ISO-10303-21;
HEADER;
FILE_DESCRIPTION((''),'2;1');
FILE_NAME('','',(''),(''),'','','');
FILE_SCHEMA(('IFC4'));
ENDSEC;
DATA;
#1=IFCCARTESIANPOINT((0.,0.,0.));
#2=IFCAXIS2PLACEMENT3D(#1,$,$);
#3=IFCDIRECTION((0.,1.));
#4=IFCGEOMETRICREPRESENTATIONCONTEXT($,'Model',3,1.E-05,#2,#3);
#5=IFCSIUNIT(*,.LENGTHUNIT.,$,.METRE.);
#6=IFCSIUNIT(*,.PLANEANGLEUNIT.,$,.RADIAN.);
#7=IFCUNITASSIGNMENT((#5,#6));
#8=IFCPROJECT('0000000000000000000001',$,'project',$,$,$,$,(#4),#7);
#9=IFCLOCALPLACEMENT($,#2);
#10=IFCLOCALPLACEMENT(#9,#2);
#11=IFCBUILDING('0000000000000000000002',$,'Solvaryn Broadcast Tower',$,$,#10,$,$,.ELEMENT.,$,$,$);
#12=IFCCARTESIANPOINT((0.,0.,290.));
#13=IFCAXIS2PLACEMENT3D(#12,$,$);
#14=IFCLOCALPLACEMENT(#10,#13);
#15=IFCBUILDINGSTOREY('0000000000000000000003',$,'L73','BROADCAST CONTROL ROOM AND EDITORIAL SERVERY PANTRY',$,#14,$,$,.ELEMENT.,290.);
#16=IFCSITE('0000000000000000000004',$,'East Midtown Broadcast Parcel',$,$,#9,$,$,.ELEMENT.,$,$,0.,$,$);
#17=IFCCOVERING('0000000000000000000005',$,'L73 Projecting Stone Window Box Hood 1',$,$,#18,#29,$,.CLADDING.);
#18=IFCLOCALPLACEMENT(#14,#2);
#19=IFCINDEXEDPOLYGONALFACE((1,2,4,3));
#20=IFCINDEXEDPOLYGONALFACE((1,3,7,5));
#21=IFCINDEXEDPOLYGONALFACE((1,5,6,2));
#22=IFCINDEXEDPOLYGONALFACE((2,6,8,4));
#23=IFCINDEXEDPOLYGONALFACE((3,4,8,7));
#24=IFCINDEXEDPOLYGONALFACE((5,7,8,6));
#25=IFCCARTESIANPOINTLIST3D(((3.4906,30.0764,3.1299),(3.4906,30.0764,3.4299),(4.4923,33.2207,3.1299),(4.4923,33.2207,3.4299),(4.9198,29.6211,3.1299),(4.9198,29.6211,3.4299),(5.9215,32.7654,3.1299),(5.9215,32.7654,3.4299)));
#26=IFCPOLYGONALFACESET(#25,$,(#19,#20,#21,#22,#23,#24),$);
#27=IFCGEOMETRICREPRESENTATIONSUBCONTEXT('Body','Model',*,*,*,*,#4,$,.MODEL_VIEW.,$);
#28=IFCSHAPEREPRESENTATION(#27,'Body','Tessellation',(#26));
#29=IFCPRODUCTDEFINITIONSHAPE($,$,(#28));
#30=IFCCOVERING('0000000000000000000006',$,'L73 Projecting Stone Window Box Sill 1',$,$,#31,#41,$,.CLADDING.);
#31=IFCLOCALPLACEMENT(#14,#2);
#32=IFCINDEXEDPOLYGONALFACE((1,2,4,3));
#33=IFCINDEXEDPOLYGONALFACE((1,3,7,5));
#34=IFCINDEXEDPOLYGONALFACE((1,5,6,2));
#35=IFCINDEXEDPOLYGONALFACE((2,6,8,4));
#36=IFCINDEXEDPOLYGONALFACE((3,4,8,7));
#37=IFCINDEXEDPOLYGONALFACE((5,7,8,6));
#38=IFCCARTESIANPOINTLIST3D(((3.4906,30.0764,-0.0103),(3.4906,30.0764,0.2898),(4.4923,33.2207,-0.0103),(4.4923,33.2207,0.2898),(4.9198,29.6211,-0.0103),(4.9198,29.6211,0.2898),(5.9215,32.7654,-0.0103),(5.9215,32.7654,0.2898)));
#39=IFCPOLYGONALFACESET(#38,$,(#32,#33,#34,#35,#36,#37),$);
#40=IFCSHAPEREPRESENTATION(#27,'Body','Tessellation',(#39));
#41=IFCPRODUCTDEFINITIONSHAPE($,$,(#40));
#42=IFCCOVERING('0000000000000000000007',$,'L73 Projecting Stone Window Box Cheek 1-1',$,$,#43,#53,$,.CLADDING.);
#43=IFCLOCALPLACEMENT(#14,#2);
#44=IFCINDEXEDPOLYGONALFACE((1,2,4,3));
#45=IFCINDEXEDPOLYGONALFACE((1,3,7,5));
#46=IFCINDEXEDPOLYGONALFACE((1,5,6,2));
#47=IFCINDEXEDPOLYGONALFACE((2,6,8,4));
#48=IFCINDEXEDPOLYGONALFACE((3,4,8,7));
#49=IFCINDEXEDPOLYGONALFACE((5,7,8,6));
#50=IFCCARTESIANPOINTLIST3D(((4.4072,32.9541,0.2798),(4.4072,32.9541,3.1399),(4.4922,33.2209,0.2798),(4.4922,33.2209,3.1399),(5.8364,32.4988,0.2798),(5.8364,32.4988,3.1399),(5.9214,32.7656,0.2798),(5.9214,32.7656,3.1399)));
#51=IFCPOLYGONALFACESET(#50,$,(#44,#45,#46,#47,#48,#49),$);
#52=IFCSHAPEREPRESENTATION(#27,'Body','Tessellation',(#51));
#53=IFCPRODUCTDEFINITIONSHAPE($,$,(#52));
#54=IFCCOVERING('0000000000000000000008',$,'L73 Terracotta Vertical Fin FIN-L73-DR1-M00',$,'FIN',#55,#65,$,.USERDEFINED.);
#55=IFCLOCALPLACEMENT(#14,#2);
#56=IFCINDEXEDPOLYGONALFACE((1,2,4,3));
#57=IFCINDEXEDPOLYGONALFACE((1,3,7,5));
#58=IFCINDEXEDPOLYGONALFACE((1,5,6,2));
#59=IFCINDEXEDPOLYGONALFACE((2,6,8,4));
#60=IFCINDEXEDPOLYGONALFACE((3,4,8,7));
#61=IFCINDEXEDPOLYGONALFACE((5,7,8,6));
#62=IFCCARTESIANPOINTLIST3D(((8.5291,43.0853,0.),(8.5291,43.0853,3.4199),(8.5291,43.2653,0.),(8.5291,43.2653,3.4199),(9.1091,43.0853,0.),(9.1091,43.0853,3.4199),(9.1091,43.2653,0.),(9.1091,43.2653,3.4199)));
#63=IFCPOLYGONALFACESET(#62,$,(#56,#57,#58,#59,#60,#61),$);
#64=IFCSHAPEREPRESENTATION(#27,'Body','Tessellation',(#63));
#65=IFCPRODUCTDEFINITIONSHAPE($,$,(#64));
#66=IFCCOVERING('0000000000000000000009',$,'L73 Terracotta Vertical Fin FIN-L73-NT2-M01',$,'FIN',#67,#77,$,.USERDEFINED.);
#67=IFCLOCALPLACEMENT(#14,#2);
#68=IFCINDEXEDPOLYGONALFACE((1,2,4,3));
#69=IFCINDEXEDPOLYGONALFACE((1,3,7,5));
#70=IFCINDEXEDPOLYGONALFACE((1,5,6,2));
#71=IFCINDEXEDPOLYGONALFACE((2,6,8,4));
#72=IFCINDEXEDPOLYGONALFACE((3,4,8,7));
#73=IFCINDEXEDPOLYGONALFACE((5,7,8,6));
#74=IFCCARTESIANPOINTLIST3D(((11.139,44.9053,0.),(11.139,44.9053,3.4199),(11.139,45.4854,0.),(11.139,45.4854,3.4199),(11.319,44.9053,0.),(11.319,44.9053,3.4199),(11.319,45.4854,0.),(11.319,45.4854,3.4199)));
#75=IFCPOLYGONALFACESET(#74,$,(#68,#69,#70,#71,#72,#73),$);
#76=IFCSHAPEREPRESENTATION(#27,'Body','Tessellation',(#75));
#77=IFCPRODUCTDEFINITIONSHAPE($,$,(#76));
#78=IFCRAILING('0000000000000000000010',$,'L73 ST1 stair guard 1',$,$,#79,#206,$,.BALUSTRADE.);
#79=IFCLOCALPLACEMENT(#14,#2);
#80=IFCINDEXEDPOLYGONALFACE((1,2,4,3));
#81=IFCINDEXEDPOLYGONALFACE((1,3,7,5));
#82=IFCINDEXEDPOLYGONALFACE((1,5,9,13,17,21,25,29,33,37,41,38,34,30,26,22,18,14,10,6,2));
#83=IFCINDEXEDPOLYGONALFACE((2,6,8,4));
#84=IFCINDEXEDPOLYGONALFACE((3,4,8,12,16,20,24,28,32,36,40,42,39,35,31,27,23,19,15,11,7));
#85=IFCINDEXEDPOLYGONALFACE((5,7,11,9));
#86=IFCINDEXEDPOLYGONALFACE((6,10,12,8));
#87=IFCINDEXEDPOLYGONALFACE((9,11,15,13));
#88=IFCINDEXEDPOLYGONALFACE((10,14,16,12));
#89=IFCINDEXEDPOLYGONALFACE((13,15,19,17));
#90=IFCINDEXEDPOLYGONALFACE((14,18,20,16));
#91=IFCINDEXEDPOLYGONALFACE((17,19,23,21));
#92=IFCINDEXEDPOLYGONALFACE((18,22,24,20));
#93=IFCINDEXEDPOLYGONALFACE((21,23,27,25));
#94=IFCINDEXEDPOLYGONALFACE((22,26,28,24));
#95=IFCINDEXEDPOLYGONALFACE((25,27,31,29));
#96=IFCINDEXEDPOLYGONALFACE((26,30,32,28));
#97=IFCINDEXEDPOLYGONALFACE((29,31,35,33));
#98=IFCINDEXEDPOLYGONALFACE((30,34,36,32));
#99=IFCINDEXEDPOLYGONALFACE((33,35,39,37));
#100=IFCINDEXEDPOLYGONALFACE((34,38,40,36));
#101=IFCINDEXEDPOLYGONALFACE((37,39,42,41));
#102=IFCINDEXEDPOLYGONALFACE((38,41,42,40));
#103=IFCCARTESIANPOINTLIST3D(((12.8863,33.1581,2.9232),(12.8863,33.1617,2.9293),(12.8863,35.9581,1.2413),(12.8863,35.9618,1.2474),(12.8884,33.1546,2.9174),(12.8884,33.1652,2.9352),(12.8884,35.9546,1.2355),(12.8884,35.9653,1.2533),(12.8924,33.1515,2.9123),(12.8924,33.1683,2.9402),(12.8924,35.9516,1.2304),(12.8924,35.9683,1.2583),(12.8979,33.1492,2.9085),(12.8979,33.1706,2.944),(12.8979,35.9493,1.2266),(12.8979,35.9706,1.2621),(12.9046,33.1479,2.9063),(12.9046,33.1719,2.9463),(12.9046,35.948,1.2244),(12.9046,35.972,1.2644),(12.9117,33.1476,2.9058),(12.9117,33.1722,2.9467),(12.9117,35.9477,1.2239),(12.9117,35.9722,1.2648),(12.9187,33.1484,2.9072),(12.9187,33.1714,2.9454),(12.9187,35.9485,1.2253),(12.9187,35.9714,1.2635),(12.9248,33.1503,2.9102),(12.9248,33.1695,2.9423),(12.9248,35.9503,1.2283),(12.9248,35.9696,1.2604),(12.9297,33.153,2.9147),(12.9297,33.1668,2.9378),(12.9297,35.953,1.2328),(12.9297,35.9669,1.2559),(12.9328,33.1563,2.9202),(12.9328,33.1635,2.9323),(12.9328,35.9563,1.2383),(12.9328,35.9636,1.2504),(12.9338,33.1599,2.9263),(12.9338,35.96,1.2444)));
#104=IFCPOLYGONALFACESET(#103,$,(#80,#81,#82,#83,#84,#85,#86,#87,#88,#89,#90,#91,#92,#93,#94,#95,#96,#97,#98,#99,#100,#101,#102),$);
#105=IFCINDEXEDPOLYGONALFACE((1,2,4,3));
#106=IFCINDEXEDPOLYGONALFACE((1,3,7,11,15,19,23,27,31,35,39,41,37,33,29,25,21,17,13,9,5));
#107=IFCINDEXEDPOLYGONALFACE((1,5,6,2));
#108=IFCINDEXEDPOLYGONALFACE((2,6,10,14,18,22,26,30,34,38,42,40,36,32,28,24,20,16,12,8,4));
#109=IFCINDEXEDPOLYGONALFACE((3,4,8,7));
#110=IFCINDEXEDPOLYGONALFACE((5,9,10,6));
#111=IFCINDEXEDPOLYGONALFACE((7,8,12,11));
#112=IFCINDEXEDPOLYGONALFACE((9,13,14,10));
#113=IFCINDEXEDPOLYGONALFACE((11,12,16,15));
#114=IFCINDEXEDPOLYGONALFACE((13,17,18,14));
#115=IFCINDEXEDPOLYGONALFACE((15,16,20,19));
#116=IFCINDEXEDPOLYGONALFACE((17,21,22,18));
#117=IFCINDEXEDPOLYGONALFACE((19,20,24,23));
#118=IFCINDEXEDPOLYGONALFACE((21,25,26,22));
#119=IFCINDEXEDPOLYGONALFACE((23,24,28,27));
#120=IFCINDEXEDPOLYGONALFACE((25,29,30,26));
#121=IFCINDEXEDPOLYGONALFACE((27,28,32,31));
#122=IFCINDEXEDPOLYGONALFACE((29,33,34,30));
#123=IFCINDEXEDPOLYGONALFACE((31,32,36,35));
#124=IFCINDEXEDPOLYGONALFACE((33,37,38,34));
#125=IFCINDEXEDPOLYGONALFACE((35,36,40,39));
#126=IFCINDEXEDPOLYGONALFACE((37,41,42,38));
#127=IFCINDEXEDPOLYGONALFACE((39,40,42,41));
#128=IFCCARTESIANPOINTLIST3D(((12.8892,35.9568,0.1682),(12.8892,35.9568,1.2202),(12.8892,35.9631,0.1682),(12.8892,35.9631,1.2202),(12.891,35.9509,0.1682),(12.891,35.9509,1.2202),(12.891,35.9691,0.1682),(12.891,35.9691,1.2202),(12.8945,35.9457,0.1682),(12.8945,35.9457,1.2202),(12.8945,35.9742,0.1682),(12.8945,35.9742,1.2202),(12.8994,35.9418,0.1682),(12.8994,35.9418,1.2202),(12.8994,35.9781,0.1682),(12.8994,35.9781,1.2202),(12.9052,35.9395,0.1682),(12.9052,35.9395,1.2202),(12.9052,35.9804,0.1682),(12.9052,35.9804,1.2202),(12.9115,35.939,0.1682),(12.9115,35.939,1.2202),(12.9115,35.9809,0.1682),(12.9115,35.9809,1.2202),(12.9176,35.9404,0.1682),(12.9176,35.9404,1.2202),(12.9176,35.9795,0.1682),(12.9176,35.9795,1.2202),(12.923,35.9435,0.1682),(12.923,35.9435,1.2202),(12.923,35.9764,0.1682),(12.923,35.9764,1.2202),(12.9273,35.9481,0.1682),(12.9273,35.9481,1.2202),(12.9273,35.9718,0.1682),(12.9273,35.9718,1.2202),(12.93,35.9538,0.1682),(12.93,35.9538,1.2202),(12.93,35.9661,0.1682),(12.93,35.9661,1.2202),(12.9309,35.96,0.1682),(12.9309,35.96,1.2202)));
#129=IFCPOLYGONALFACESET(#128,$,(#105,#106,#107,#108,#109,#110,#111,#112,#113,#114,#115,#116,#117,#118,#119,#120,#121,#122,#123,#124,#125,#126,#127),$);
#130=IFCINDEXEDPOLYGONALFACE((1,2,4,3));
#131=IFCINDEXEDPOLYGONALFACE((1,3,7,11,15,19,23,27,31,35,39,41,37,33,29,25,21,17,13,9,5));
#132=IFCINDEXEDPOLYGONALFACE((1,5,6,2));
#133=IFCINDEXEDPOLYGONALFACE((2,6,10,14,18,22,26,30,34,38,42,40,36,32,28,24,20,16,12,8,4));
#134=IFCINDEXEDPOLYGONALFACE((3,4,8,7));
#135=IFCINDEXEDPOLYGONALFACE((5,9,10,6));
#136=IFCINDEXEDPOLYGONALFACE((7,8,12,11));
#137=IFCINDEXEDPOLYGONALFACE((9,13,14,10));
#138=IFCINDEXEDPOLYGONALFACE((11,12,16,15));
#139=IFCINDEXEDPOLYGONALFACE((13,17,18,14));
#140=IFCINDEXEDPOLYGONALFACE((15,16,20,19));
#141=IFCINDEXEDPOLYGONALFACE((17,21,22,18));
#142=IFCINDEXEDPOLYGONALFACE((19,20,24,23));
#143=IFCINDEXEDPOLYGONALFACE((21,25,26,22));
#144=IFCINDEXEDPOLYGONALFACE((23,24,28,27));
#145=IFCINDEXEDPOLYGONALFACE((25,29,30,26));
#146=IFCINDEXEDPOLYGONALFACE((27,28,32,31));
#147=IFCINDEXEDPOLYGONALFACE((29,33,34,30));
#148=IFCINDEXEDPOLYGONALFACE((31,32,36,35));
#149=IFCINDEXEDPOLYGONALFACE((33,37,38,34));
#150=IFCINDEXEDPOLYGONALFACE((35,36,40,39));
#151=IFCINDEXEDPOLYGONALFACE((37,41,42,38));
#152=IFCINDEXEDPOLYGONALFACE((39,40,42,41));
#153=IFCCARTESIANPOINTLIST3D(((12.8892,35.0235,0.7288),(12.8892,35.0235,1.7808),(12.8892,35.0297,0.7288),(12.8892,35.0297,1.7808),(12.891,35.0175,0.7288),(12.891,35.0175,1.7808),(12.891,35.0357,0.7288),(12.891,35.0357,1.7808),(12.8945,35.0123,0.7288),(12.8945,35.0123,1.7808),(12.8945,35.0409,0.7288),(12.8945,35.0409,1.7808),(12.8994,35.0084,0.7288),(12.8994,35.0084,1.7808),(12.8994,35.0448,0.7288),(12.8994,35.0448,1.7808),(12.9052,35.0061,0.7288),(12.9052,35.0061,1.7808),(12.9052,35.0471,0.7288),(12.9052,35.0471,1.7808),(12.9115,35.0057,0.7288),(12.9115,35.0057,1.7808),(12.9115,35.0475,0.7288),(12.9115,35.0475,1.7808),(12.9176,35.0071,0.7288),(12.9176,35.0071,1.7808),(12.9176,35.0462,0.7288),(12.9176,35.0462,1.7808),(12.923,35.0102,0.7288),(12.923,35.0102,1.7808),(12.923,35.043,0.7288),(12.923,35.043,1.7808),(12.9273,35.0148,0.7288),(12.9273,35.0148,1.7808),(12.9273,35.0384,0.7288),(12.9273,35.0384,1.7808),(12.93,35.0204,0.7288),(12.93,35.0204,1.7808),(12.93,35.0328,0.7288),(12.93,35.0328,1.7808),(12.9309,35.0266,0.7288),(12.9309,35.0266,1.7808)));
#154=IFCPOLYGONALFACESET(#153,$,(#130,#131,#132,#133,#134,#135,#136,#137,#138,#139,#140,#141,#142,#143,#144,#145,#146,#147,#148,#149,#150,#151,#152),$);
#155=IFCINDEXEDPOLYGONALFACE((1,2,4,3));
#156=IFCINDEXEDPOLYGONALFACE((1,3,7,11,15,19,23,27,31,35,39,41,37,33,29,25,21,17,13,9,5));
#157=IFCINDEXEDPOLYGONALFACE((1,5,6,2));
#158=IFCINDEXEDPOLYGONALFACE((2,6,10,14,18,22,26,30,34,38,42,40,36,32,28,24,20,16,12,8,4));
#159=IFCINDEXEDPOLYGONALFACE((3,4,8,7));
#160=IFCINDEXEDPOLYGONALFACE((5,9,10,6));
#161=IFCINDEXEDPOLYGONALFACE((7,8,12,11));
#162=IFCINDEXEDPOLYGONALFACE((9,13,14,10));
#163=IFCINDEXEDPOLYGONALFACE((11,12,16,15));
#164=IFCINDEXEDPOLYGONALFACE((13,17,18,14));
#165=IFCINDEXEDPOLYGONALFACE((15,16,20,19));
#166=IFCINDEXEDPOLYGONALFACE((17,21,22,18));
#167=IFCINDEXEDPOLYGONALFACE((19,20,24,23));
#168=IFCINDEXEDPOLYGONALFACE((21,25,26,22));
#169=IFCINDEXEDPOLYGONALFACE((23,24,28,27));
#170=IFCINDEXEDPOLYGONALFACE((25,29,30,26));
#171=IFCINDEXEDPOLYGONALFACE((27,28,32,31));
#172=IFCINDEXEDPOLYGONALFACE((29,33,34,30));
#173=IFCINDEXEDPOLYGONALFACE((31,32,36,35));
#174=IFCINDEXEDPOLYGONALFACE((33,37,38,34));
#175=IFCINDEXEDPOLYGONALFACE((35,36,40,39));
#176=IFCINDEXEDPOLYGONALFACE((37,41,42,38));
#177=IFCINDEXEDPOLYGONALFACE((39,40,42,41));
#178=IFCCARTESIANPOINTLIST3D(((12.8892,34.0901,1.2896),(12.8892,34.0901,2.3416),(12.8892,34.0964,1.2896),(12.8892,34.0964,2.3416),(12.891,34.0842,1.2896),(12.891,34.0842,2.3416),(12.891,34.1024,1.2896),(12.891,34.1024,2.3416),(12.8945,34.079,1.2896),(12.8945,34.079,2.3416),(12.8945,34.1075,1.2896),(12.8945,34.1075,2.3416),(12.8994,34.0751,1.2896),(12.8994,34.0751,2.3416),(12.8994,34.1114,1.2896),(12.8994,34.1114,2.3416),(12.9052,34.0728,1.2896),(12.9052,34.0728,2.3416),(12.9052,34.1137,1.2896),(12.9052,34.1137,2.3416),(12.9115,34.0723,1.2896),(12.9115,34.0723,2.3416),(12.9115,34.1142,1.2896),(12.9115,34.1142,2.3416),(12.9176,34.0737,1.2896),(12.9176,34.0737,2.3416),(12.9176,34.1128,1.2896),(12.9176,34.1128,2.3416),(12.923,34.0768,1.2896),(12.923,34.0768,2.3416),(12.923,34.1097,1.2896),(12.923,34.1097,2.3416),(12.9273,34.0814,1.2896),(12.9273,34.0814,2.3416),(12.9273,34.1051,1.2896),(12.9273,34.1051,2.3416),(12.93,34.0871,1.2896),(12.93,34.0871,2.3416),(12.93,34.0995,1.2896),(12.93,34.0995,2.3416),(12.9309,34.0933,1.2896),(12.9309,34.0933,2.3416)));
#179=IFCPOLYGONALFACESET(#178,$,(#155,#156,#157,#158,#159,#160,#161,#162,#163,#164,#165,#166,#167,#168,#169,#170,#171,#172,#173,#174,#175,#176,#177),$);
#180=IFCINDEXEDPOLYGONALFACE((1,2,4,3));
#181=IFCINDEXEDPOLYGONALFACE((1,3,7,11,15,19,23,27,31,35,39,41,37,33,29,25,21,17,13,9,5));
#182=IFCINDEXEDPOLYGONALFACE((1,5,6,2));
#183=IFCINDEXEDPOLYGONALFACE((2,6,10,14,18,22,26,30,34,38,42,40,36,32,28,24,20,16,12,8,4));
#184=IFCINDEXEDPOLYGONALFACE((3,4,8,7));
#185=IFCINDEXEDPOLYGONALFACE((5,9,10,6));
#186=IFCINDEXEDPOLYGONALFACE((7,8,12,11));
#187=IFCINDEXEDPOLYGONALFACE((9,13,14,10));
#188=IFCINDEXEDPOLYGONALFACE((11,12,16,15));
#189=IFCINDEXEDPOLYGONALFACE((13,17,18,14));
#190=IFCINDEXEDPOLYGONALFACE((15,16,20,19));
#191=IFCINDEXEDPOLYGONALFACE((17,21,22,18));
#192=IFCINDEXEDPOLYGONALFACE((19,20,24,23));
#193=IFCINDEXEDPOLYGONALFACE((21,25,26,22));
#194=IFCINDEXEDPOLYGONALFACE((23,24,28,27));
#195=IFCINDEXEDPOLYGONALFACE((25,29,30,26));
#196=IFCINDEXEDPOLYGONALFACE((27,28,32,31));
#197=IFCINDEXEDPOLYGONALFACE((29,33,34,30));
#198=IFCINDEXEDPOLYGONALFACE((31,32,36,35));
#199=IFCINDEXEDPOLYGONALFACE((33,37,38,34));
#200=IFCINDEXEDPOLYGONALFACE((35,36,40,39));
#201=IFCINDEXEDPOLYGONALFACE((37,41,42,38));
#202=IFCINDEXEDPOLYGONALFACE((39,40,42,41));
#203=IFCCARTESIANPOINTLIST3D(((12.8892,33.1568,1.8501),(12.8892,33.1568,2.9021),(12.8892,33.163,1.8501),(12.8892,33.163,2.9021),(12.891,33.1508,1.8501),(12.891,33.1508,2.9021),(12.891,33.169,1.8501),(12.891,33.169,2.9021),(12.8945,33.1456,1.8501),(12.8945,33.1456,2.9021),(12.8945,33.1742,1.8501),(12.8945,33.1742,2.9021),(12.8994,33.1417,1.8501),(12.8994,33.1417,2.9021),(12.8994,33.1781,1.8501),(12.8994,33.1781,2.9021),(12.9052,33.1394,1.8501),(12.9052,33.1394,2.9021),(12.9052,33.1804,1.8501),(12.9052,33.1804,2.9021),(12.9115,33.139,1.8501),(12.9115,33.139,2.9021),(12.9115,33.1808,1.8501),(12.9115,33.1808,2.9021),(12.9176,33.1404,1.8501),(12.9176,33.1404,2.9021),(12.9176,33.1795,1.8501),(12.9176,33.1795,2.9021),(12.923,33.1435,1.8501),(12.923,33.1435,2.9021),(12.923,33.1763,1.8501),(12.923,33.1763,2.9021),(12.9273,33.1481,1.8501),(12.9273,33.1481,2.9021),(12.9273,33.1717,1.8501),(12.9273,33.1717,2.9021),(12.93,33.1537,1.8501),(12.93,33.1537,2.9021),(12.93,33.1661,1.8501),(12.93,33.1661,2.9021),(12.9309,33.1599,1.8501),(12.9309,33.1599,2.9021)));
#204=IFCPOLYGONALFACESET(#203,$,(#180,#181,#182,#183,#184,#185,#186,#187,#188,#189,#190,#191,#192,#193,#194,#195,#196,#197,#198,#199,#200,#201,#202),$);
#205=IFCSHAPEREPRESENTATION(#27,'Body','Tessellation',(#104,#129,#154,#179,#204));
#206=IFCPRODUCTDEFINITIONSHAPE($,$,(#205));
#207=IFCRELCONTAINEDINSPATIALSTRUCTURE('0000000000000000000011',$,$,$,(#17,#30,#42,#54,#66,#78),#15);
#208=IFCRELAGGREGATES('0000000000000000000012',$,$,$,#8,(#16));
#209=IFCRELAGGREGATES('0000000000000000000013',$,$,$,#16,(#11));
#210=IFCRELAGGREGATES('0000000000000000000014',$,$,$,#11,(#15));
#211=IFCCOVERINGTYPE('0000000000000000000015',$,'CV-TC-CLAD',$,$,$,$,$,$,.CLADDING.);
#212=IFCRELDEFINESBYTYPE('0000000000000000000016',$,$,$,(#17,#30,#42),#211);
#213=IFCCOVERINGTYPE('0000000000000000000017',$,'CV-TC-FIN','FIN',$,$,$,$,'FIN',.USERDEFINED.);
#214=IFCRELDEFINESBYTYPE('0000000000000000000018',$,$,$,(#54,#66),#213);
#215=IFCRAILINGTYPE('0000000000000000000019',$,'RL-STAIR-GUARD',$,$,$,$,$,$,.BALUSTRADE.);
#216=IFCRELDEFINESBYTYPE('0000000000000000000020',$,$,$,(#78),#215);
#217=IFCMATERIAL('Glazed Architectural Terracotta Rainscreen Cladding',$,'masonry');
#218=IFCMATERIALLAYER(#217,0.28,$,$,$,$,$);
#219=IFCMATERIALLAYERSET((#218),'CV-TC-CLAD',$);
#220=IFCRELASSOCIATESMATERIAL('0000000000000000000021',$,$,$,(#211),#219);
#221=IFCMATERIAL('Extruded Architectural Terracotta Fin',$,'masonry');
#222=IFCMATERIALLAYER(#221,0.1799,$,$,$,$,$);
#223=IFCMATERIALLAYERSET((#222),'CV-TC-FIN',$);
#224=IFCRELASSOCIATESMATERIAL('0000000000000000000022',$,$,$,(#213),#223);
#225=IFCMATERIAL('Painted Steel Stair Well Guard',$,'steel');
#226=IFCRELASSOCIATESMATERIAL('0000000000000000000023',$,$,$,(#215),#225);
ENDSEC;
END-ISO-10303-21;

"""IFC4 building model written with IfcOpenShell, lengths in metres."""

from ifc_helpers import new_model, si_unit, direction, frame, origin, origin_2d, place, context, subcontext, project, spatial, rectangle, circle, extrude, material, layer, layer_set, type_object, element, save


model = new_model("IFC4")

# Units and contexts
model_context = context("Model", 3, precision=1e-05, world=origin(), true_north=direction((0.0, 1.0)))
body_context = subcontext(model_context, "Body", "Model", "MODEL_VIEW")
ifc_project = project(units=[si_unit("LENGTHUNIT", "METRE"), si_unit("PLANEANGLEUNIT", "RADIAN")], contexts=[model_context])

# Site, building, storey
site_placement = place(None, origin())
site = spatial("IfcSite", under=ifc_project, at=site_placement, Name="East Midtown Broadcast Parcel", CompositionType="ELEMENT", RefElevation=0.0)
building_placement = place(site_placement, origin())
building = spatial("IfcBuilding", under=site, at=building_placement, Name="Solvaryn Broadcast Tower", CompositionType="ELEMENT")
storey_placement = place(building_placement, frame((0.0, 0.0, 290.0)))
storey = spatial("IfcBuildingStorey", under=building, at=storey_placement, Name="L73", Description="BROADCAST CONTROL ROOM AND EDITORIAL SERVERY PANTRY", CompositionType="ELEMENT", Elevation=290.0)

# Coverings
ifc_material_1 = material(Name="Glazed Architectural Terracotta Rainscreen Cladding", Category="masonry")
ifc_layer_1 = layer(ifc_material_1, 0.28)
ifc_layer_set_1 = layer_set([ifc_layer_1], Name="CV-TC-CLAD")
covering_type_1 = type_object("IfcCoveringType", Name="CV-TC-CLAD", PredefinedType="CLADDING", material=ifc_layer_set_1)
for number, where, z_axis, x_axis, name in (
    (1, (4.7061, 31.4209, 3.1299), (0.0, 0.0, 1.0), (-0.303534, -0.952821, 0.0), "L73 Projecting Stone Window Box Hood 1"),
    (2, (4.7061, 31.4209, -0.0103), (0.0, 0.0, 1.0), (-0.303534, -0.952821, 0.0), "L73 Projecting Stone Window Box Sill 1"),
):
    element("IfcCovering", number, at=place(storey_placement, frame(where, z_axis=z_axis, x_axis=x_axis)), inside=storey, type_object=covering_type_1, Name=name, PredefinedType="CLADDING", context=body_context, shape_type="SweptSolid", body=[
        extrude(rectangle(XDim=3.3, YDim=1.5, at=origin_2d()), origin(), (0.0, 0.0, 1.0), 0.3),
    ])
covering_1_placement = place(storey_placement, frame((5.1643, 32.8599, 0.2798), z_axis=(0.0, 0.0, 1.0), x_axis=(-0.303534, -0.952821, 0.0)))
element("IfcCovering", 3, at=covering_1_placement, inside=storey, type_object=covering_type_1, Name="L73 Projecting Stone Window Box Cheek 1-1", PredefinedType="CLADDING", context=body_context, shape_type="SweptSolid", body=[
    extrude(rectangle(XDim=0.28, YDim=1.5, at=origin_2d()), origin(), (0.0, 0.0, 1.0), 2.8601),
])
ifc_material_2 = material(Name="Extruded Architectural Terracotta Fin", Category="masonry")
ifc_layer_2 = layer(ifc_material_2, 0.1799)
ifc_layer_set_2 = layer_set([ifc_layer_2], Name="CV-TC-FIN")
covering_type_2 = type_object("IfcCoveringType", Name="CV-TC-FIN", Description="FIN", ElementType="FIN", PredefinedType="USERDEFINED", material=ifc_layer_set_2)
covering_2_placement = place(storey_placement, frame((8.8191, 43.1753, 0.0), z_axis=(0.0, 0.0, 1.0), x_axis=(1.0, 0.0, 0.0)))
element("IfcCovering", 4, at=covering_2_placement, inside=storey, type_object=covering_type_2, Name="L73 Terracotta Vertical Fin FIN-L73-DR1-M00", ObjectType="FIN", PredefinedType="USERDEFINED", context=body_context, shape_type="SweptSolid", body=[
    extrude(rectangle(XDim=0.5801, YDim=0.1799, at=origin_2d()), origin(), (0.0, 0.0, 1.0), 3.4199),
])
covering_3_placement = place(storey_placement, frame((11.229, 45.1953, 0.0), z_axis=(0.0, 0.0, 1.0), x_axis=(1.0, 0.0, 0.0)))
element("IfcCovering", 5, at=covering_3_placement, inside=storey, type_object=covering_type_2, Name="L73 Terracotta Vertical Fin FIN-L73-NT2-M01", ObjectType="FIN", PredefinedType="USERDEFINED", context=body_context, shape_type="SweptSolid", body=[
    extrude(rectangle(XDim=0.1799, YDim=0.5801, at=origin_2d()), origin(), (0.0, 0.0, 1.0), 3.4199),
])

# Railing
ifc_material_3 = material(Name="Painted Steel Stair Well Guard", Category="steel")
railing_type_1 = type_object("IfcRailingType", Name="RL-STAIR-GUARD", PredefinedType="BALUSTRADE", material=ifc_material_3)
railing_1_placement = place(storey_placement, frame((12.9099, 35.96, 0.1682)))
element("IfcRailing", 6, at=railing_1_placement, inside=storey, type_object=railing_type_1, Name="L73 ST1 stair guard 1", PredefinedType="BALUSTRADE", context=body_context, shape_type="SweptSolid", body=[
    extrude(circle(Radius=0.0239, at=origin_2d()), frame((0.0, 0.0, 1.0762), z_axis=(0.0, -0.857242, 0.514913), x_axis=(1.0, 0.0, 0.0)), (0.0, 0.0, 1.0), 3.2664),
    extrude(circle(Radius=0.021, at=origin_2d()), origin(), (0.0, 0.0, 1.0), 1.052),
    extrude(circle(Radius=0.021, at=origin_2d()), frame((0.0, -0.9333, 0.5605)), (0.0, 0.0, 1.0), 1.052),
    extrude(circle(Radius=0.021, at=origin_2d()), frame((0.0, -1.8667, 1.1213)), (0.0, 0.0, 1.0), 1.052),
    extrude(circle(Radius=0.021, at=origin_2d()), frame((0.0, -2.8, 1.6819)), (0.0, 0.0, 1.0), 1.052),
])

save(model, "model.ifc")
